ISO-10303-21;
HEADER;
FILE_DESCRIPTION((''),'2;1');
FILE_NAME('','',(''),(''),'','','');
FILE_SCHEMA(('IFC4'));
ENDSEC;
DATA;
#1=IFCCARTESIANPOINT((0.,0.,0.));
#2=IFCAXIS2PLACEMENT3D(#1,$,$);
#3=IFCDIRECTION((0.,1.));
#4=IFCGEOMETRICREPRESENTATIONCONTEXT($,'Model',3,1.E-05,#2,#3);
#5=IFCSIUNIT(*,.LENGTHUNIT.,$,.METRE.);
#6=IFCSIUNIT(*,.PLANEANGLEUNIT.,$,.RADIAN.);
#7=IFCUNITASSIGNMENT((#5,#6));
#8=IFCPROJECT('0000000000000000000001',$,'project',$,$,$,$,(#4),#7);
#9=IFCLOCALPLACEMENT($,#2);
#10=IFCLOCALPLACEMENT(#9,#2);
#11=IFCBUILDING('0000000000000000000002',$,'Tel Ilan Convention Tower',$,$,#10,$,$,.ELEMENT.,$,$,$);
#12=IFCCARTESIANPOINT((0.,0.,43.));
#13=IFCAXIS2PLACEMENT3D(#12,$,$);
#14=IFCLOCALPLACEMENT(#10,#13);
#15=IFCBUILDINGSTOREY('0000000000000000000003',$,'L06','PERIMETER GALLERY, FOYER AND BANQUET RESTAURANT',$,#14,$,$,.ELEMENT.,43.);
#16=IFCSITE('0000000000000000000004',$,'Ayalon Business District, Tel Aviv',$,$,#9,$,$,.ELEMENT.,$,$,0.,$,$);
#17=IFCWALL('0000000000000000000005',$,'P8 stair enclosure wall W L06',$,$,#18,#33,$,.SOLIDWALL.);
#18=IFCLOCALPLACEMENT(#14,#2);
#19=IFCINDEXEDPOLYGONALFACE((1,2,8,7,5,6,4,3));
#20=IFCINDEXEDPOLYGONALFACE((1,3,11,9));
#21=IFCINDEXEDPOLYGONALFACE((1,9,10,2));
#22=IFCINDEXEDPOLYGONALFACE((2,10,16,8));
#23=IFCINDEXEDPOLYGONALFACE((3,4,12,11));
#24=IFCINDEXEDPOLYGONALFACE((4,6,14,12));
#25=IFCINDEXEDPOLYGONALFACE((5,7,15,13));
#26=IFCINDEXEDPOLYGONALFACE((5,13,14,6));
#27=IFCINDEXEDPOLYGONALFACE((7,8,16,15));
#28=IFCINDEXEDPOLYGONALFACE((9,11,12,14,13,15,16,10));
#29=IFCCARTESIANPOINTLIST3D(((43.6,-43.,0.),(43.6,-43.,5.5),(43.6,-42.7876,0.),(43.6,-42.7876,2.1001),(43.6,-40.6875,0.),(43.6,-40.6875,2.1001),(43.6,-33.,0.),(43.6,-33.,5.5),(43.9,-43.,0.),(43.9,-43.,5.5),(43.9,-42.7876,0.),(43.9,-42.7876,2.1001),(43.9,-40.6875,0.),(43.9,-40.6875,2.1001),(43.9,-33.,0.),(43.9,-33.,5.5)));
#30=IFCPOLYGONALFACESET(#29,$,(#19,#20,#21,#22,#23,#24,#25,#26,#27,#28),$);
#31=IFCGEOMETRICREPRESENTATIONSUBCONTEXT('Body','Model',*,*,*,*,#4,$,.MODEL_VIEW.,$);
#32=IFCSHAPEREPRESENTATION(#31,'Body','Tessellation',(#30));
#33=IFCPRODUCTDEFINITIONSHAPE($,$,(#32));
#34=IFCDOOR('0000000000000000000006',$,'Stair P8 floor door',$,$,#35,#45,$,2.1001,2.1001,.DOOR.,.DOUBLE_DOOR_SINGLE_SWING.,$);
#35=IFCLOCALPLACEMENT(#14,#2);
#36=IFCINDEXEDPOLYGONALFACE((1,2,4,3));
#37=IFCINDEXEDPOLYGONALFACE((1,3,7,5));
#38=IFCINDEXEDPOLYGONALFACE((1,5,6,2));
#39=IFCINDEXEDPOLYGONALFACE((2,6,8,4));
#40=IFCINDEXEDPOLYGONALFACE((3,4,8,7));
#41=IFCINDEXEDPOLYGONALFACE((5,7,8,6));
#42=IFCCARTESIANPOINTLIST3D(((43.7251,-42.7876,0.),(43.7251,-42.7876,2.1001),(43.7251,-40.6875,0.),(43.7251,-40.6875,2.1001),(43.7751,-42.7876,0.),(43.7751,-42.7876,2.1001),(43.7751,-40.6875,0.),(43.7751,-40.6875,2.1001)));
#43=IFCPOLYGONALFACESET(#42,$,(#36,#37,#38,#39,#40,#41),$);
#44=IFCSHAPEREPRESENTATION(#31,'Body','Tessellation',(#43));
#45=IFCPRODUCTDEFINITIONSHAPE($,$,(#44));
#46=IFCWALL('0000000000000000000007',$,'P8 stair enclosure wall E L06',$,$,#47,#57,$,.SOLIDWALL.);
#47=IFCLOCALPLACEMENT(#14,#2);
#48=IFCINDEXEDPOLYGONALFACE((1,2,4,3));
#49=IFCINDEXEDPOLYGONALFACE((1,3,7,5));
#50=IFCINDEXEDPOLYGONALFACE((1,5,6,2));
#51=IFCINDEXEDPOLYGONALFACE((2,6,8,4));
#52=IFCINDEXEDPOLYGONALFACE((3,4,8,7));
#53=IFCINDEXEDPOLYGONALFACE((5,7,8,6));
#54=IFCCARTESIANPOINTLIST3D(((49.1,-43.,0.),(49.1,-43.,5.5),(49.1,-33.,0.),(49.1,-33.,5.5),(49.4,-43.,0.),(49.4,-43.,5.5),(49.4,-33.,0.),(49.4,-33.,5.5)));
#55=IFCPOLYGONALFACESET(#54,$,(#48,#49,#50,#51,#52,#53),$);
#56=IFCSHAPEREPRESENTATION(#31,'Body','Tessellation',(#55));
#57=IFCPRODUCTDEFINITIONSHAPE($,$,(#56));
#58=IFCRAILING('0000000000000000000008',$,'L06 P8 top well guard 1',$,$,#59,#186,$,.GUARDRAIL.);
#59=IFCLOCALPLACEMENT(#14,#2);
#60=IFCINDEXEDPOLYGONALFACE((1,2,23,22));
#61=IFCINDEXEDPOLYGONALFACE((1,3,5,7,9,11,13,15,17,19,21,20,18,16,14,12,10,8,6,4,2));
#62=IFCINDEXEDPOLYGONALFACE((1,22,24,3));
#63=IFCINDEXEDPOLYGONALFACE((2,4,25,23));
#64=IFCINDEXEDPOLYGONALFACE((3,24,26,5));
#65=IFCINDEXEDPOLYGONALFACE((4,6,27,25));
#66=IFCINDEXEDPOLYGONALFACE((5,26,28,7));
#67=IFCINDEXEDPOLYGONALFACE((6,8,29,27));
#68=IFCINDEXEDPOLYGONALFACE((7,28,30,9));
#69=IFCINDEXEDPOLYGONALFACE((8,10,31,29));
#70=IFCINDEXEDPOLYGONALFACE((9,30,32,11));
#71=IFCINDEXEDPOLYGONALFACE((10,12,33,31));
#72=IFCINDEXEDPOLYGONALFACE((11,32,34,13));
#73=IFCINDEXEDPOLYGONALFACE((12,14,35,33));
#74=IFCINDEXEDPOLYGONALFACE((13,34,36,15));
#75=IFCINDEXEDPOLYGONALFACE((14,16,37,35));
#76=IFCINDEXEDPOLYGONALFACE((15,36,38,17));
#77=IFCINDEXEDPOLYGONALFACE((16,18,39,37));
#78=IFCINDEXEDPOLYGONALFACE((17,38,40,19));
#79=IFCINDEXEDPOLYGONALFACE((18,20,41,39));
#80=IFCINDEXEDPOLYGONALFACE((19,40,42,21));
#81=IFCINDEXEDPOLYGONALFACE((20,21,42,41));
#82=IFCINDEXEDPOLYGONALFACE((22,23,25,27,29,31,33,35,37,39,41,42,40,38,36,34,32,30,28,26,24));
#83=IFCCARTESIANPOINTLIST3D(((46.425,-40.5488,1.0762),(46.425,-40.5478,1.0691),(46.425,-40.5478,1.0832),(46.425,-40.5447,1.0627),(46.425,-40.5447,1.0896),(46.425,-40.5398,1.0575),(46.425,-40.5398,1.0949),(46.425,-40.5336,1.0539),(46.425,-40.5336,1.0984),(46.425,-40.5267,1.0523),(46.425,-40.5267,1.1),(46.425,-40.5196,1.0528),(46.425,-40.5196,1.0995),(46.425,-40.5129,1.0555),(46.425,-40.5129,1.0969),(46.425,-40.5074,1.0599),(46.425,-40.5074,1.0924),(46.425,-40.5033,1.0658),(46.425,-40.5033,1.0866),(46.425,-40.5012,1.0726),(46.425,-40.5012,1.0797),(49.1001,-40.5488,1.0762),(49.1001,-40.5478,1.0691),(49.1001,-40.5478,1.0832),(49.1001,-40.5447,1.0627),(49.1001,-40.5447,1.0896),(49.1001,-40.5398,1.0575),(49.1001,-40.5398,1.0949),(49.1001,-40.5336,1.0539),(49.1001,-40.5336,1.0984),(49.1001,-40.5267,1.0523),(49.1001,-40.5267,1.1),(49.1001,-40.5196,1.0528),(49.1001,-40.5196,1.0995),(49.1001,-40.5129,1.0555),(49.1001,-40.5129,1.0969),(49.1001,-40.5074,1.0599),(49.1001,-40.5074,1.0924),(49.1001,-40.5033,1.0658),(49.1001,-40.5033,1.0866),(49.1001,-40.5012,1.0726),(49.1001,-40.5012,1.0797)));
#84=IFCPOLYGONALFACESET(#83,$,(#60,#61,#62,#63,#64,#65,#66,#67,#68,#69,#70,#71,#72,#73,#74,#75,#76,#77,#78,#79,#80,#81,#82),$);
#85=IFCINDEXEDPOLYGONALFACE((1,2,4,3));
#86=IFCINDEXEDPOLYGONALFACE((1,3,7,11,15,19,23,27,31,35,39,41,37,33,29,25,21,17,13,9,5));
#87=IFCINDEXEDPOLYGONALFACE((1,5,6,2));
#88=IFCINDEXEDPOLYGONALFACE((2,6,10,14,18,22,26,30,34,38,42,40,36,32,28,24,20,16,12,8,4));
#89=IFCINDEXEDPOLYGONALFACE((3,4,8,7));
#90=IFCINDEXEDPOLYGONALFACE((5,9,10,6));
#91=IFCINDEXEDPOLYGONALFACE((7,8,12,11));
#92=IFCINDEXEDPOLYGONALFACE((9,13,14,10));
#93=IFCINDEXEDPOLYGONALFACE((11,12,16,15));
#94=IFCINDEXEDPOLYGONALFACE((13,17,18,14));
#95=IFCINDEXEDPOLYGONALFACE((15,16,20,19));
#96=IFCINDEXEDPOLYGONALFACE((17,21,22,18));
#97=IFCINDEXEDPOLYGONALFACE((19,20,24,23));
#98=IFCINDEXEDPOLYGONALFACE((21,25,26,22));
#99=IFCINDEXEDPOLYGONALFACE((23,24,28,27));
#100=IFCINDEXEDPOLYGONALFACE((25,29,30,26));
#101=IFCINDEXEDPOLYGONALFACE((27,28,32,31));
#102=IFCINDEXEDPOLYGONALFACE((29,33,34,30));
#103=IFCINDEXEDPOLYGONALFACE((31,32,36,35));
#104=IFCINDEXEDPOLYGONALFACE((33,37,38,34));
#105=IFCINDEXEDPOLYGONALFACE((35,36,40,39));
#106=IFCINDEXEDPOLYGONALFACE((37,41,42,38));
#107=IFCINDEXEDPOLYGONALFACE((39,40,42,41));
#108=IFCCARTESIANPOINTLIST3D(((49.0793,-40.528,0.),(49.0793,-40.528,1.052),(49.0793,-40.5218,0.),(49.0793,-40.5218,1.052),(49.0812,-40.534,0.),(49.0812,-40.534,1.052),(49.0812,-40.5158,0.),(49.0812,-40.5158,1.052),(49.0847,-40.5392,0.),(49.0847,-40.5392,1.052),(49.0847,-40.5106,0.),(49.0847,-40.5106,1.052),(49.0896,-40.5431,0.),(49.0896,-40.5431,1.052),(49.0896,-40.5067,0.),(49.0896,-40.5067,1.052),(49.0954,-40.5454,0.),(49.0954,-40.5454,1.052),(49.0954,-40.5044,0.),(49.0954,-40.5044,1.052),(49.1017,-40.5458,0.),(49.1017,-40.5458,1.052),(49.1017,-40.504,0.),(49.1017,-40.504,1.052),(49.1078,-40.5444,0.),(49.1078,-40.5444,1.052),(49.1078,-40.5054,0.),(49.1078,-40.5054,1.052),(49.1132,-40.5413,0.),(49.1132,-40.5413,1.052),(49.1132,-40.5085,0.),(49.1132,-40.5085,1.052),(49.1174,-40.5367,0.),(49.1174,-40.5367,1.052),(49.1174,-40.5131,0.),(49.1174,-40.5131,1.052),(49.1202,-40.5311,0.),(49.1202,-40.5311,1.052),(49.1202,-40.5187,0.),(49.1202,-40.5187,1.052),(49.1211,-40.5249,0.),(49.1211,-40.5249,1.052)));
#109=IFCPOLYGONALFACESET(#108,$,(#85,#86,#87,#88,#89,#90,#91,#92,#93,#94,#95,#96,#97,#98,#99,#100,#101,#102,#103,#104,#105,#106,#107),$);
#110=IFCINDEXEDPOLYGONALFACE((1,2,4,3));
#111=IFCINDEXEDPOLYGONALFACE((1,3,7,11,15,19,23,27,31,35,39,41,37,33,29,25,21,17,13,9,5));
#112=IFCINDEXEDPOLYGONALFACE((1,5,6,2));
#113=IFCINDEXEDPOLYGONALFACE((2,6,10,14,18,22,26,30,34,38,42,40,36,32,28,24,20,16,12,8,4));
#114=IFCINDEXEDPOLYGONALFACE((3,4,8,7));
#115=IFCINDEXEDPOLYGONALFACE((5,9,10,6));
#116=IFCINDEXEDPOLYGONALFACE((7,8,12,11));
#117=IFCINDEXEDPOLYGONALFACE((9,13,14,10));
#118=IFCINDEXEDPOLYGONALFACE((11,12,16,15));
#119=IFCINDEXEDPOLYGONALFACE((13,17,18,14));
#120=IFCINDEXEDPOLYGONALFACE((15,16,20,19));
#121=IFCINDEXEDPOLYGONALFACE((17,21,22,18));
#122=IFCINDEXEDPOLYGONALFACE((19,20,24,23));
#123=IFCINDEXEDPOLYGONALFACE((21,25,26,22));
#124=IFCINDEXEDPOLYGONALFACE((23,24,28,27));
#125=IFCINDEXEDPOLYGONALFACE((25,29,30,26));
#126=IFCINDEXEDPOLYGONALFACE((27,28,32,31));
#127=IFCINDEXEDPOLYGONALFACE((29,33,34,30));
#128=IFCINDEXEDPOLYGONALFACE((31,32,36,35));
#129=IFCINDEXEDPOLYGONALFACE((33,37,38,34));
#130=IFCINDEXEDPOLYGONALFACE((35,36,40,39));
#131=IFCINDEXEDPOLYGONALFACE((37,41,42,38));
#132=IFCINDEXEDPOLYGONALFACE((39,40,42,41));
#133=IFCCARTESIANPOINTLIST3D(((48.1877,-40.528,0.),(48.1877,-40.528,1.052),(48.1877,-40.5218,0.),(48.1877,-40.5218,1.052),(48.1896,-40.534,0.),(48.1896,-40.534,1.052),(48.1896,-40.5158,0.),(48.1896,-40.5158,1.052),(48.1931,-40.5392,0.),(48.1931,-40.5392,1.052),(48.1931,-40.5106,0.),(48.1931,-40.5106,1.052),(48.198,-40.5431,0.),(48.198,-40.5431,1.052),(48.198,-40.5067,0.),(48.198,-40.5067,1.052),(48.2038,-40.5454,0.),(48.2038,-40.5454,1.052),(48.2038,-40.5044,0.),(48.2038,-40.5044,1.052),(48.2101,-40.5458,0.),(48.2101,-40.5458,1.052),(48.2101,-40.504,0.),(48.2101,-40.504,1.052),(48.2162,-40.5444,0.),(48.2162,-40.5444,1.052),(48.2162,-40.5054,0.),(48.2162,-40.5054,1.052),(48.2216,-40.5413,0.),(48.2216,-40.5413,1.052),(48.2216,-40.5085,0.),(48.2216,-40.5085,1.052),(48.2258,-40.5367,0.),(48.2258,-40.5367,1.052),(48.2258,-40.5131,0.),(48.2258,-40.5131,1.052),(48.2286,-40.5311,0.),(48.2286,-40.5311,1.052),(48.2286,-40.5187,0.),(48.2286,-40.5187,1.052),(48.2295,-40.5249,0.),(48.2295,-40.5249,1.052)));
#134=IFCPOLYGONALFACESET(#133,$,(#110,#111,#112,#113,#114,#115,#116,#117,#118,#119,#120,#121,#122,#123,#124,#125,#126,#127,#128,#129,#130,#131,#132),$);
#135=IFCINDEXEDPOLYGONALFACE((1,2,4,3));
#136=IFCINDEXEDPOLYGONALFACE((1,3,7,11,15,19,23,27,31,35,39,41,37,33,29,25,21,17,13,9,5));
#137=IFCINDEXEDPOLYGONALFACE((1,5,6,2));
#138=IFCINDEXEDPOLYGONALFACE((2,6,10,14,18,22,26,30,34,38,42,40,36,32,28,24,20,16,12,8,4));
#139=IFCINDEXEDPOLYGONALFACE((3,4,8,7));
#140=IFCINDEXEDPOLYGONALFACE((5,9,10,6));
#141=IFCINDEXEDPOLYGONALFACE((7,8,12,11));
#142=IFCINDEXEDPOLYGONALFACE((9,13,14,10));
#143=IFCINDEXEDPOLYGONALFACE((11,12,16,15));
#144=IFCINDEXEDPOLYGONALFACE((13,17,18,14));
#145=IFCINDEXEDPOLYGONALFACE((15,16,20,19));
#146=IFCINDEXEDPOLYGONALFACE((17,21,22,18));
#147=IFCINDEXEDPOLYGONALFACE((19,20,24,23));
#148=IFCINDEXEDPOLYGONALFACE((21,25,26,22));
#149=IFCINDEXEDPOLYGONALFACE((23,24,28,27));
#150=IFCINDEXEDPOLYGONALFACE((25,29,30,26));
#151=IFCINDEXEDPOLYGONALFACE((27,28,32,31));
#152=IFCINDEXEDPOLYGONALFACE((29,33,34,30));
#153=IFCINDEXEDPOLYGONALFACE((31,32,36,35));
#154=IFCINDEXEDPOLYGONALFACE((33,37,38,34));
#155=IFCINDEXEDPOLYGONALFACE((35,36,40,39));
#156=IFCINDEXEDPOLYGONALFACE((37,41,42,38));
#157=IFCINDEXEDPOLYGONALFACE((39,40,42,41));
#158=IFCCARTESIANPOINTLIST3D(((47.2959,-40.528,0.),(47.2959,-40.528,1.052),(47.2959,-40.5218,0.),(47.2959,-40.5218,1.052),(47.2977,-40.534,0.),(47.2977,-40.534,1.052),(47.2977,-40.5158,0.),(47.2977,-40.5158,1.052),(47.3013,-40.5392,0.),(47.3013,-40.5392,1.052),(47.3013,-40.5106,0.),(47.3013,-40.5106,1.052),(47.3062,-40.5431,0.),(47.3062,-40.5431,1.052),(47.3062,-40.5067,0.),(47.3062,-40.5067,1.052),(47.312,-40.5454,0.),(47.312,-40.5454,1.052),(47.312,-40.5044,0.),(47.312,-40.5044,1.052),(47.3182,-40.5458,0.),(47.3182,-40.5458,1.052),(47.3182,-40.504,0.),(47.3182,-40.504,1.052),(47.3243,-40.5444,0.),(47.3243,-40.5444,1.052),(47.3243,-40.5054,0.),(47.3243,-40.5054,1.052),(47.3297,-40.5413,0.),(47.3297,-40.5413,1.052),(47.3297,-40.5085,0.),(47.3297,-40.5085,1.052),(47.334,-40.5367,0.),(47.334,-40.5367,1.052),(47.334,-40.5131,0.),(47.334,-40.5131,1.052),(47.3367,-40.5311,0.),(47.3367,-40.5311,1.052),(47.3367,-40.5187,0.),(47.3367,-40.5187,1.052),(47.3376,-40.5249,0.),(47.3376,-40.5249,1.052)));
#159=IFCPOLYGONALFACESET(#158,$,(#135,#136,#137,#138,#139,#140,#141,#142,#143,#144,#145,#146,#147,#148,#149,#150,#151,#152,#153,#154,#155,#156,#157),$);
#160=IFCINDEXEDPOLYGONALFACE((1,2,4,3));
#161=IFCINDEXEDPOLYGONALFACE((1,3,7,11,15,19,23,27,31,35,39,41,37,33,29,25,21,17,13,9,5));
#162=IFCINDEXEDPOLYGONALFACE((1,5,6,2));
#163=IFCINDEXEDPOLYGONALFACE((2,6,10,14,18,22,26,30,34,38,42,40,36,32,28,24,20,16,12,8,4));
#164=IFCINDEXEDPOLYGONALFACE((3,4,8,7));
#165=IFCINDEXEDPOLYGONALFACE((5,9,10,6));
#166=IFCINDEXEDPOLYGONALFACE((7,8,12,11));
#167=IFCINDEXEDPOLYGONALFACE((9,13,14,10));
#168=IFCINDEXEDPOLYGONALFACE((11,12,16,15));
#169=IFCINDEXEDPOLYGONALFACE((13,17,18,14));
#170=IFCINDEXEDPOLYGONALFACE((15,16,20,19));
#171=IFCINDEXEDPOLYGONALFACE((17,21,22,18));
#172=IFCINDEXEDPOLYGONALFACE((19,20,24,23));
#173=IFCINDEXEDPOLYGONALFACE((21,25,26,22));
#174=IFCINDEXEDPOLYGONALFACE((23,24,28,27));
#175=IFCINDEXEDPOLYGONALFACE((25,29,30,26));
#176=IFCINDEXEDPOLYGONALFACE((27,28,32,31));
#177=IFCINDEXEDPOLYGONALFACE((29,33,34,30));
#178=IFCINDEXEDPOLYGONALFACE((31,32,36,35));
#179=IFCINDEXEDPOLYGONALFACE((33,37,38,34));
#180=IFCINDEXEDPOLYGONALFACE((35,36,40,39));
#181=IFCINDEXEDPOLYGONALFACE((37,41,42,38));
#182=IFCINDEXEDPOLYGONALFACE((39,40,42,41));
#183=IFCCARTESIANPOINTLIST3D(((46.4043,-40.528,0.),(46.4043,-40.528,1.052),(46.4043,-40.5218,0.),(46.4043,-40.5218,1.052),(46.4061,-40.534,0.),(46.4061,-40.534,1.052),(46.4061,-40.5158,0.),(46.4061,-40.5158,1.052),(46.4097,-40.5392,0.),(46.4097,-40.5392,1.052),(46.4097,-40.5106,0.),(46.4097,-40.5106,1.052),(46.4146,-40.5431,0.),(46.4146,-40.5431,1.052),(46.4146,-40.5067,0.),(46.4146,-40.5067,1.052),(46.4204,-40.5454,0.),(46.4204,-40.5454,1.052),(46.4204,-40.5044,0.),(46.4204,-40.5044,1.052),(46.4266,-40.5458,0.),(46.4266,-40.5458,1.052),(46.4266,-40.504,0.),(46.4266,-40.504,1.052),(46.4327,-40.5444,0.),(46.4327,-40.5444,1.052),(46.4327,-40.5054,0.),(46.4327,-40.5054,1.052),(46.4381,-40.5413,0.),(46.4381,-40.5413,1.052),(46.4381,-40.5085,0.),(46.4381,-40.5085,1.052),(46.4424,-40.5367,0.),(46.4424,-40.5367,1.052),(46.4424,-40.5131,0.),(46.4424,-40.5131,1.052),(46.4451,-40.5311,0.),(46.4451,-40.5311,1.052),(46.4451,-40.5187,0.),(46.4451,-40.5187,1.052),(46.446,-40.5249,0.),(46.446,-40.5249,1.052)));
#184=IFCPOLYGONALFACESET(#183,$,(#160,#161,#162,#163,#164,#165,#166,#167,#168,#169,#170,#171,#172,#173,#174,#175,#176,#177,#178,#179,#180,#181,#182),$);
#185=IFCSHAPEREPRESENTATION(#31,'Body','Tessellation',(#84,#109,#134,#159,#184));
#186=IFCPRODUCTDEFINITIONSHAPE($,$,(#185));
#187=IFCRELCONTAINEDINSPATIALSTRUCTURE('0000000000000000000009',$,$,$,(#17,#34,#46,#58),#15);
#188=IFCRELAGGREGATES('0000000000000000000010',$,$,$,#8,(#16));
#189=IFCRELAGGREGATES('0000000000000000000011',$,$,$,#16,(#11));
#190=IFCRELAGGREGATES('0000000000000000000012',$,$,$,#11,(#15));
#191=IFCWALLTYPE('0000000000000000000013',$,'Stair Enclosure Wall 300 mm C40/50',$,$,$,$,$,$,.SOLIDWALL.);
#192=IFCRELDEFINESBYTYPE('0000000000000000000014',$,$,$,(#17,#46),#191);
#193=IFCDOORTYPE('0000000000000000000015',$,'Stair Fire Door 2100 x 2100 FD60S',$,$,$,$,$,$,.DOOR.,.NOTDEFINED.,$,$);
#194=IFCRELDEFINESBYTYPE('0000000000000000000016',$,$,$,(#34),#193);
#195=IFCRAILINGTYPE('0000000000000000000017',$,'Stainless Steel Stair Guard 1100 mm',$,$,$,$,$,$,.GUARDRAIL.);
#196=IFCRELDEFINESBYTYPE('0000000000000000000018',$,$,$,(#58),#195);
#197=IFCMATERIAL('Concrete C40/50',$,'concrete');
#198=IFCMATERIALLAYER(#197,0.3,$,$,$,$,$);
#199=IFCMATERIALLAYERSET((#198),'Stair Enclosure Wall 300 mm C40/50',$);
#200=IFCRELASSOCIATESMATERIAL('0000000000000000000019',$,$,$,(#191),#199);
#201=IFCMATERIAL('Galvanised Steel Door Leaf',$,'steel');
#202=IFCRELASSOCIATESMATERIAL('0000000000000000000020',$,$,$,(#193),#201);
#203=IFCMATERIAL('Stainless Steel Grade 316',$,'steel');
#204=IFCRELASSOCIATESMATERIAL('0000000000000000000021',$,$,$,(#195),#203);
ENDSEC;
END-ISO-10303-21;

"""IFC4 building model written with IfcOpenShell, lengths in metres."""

from ifc_helpers import new_model, si_unit, direction, frame, frame_2d, origin, origin_2d, place, context, subcontext, project, spatial, rectangle, circle, extrude, material, layer, layer_set, type_object, element, fill, save


model = new_model("IFC4")

# Units and contexts
model_context = context("Model", 3, precision=1e-05, world=origin(), true_north=direction((0.0, 1.0)))
body_context = subcontext(model_context, "Body", "Model", "MODEL_VIEW")
ifc_project = project(units=[si_unit("LENGTHUNIT", "METRE"), si_unit("PLANEANGLEUNIT", "RADIAN")], contexts=[model_context])

# Site, building, storey
site_placement = place(None, origin())
site = spatial("IfcSite", under=ifc_project, at=site_placement, Name="Ayalon Business District, Tel Aviv", CompositionType="ELEMENT", RefElevation=0.0)
building_placement = place(site_placement, origin())
building = spatial("IfcBuilding", under=site, at=building_placement, Name="Tel Ilan Convention Tower", CompositionType="ELEMENT")
storey_placement = place(building_placement, frame((0.0, 0.0, 43.0)))
storey = spatial("IfcBuildingStorey", under=building, at=storey_placement, Name="L06", Description="PERIMETER GALLERY, FOYER AND BANQUET RESTAURANT", CompositionType="ELEMENT", Elevation=43.0)

# Shared definitions
ifc_material_1 = material(Name="Concrete C40/50", Category="concrete")
ifc_layer_1 = layer(ifc_material_1, 0.3)
ifc_layer_set_1 = layer_set([ifc_layer_1], Name="Stair Enclosure Wall 300 mm C40/50")
wall_type_1 = type_object("IfcWallType", Name="Stair Enclosure Wall 300 mm C40/50", PredefinedType="SOLIDWALL", material=ifc_layer_set_1)

# Wall, opening, door
wall_1_placement = place(storey_placement, frame((43.75, -43.0, 0.0), z_axis=(0.0, 0.0, 1.0), x_axis=(0.0, 1.0, 0.0)))
wall_1 = element("IfcWall", 1, at=wall_1_placement, inside=storey, type_object=wall_type_1, Name="P8 stair enclosure wall W L06", PredefinedType="SOLIDWALL", context=body_context, shape_type="SweptSolid", body=[
    extrude(rectangle(XDim=10.0, YDim=0.3, at=frame_2d((5.0, 0.0))), origin(), (0.0, 0.0, 1.0), 5.5),
])
opening_1_placement = place(wall_1_placement, frame((0.2124, 0.0, 0.0)))
opening_1 = element("IfcOpeningElement", 2, at=opening_1_placement, cuts=wall_1, PredefinedType="OPENING", context=body_context, shape_type="SweptSolid", body=[
    extrude(rectangle(XDim=2.1001, YDim=2.1001, at=frame_2d((1.05, 1.05))), frame((0.0, 0.1599, 0.0), z_axis=(0.0, -1.0, 0.0), x_axis=(1.0, 0.0, 0.0)), (0.0, 0.0, 1.0), 0.3201),
])
ifc_material_2 = material(Name="Galvanised Steel Door Leaf", Category="steel")
door_type_1 = type_object("IfcDoorType", Name="Stair Fire Door 2100 x 2100 FD60S", OperationType="NOTDEFINED", PredefinedType="DOOR", material=ifc_material_2)
door_1_placement = place(opening_1_placement, origin())
door_1 = element("IfcDoor", 3, at=door_1_placement, inside=storey, type_object=door_type_1, Name="Stair P8 floor door", OperationType="DOUBLE_DOOR_SINGLE_SWING", OverallHeight=2.1001, OverallWidth=2.1001, PredefinedType="DOOR", context=body_context, shape_type="SweptSolid", body=[
    extrude(rectangle(XDim=2.1001, YDim=2.1001, at=frame_2d((1.05, 1.05))), frame((0.0, 0.0249, 0.0), z_axis=(0.0, -1.0, 0.0), x_axis=(1.0, 0.0, 0.0)), (0.0, 0.0, 1.0), 0.05),
])
fill(opening_1, door_1)

# Wall
wall_2_placement = place(storey_placement, frame((49.25, -43.0, 0.0), z_axis=(0.0, 0.0, 1.0), x_axis=(0.0, 1.0, 0.0)))
element("IfcWall", 4, at=wall_2_placement, inside=storey, type_object=wall_type_1, Name="P8 stair enclosure wall E L06", PredefinedType="SOLIDWALL", context=body_context, shape_type="SweptSolid", body=[
    extrude(rectangle(XDim=10.0, YDim=0.3, at=frame_2d((5.0, 0.0))), origin(), (0.0, 0.0, 1.0), 5.5),
])

# Railing
ifc_material_3 = material(Name="Stainless Steel Grade 316", Category="steel")
railing_type = type_object("IfcRailingType", Name="Stainless Steel Stair Guard 1100 mm", PredefinedType="GUARDRAIL", material=ifc_material_3)
railing_placement = place(storey_placement, frame((49.1001, -40.5249, 0.0)))
element("IfcRailing", 5, at=railing_placement, inside=storey, type_object=railing_type, Name="L06 P8 top well guard 1", PredefinedType="GUARDRAIL", context=body_context, shape_type="SweptSolid", body=[
    extrude(circle(Radius=0.0239, at=origin_2d()), frame((0.0, 0.0, 1.0762), z_axis=(-1.0, 0.0, 0.0), x_axis=(0.0, -1.0, 0.0)), (0.0, 0.0, 1.0), 2.675),
    extrude(circle(Radius=0.021, at=origin_2d()), origin(), (0.0, 0.0, 1.0), 1.052),
    extrude(circle(Radius=0.021, at=origin_2d()), frame((-0.8916, 0.0, 0.0)), (0.0, 0.0, 1.0), 1.052),
    extrude(circle(Radius=0.021, at=origin_2d()), frame((-1.7834, 0.0, 0.0)), (0.0, 0.0, 1.0), 1.052),
    extrude(circle(Radius=0.021, at=origin_2d()), frame((-2.675, 0.0, 0.0)), (0.0, 0.0, 1.0), 1.052),
])

save(model, "model.ifc")
